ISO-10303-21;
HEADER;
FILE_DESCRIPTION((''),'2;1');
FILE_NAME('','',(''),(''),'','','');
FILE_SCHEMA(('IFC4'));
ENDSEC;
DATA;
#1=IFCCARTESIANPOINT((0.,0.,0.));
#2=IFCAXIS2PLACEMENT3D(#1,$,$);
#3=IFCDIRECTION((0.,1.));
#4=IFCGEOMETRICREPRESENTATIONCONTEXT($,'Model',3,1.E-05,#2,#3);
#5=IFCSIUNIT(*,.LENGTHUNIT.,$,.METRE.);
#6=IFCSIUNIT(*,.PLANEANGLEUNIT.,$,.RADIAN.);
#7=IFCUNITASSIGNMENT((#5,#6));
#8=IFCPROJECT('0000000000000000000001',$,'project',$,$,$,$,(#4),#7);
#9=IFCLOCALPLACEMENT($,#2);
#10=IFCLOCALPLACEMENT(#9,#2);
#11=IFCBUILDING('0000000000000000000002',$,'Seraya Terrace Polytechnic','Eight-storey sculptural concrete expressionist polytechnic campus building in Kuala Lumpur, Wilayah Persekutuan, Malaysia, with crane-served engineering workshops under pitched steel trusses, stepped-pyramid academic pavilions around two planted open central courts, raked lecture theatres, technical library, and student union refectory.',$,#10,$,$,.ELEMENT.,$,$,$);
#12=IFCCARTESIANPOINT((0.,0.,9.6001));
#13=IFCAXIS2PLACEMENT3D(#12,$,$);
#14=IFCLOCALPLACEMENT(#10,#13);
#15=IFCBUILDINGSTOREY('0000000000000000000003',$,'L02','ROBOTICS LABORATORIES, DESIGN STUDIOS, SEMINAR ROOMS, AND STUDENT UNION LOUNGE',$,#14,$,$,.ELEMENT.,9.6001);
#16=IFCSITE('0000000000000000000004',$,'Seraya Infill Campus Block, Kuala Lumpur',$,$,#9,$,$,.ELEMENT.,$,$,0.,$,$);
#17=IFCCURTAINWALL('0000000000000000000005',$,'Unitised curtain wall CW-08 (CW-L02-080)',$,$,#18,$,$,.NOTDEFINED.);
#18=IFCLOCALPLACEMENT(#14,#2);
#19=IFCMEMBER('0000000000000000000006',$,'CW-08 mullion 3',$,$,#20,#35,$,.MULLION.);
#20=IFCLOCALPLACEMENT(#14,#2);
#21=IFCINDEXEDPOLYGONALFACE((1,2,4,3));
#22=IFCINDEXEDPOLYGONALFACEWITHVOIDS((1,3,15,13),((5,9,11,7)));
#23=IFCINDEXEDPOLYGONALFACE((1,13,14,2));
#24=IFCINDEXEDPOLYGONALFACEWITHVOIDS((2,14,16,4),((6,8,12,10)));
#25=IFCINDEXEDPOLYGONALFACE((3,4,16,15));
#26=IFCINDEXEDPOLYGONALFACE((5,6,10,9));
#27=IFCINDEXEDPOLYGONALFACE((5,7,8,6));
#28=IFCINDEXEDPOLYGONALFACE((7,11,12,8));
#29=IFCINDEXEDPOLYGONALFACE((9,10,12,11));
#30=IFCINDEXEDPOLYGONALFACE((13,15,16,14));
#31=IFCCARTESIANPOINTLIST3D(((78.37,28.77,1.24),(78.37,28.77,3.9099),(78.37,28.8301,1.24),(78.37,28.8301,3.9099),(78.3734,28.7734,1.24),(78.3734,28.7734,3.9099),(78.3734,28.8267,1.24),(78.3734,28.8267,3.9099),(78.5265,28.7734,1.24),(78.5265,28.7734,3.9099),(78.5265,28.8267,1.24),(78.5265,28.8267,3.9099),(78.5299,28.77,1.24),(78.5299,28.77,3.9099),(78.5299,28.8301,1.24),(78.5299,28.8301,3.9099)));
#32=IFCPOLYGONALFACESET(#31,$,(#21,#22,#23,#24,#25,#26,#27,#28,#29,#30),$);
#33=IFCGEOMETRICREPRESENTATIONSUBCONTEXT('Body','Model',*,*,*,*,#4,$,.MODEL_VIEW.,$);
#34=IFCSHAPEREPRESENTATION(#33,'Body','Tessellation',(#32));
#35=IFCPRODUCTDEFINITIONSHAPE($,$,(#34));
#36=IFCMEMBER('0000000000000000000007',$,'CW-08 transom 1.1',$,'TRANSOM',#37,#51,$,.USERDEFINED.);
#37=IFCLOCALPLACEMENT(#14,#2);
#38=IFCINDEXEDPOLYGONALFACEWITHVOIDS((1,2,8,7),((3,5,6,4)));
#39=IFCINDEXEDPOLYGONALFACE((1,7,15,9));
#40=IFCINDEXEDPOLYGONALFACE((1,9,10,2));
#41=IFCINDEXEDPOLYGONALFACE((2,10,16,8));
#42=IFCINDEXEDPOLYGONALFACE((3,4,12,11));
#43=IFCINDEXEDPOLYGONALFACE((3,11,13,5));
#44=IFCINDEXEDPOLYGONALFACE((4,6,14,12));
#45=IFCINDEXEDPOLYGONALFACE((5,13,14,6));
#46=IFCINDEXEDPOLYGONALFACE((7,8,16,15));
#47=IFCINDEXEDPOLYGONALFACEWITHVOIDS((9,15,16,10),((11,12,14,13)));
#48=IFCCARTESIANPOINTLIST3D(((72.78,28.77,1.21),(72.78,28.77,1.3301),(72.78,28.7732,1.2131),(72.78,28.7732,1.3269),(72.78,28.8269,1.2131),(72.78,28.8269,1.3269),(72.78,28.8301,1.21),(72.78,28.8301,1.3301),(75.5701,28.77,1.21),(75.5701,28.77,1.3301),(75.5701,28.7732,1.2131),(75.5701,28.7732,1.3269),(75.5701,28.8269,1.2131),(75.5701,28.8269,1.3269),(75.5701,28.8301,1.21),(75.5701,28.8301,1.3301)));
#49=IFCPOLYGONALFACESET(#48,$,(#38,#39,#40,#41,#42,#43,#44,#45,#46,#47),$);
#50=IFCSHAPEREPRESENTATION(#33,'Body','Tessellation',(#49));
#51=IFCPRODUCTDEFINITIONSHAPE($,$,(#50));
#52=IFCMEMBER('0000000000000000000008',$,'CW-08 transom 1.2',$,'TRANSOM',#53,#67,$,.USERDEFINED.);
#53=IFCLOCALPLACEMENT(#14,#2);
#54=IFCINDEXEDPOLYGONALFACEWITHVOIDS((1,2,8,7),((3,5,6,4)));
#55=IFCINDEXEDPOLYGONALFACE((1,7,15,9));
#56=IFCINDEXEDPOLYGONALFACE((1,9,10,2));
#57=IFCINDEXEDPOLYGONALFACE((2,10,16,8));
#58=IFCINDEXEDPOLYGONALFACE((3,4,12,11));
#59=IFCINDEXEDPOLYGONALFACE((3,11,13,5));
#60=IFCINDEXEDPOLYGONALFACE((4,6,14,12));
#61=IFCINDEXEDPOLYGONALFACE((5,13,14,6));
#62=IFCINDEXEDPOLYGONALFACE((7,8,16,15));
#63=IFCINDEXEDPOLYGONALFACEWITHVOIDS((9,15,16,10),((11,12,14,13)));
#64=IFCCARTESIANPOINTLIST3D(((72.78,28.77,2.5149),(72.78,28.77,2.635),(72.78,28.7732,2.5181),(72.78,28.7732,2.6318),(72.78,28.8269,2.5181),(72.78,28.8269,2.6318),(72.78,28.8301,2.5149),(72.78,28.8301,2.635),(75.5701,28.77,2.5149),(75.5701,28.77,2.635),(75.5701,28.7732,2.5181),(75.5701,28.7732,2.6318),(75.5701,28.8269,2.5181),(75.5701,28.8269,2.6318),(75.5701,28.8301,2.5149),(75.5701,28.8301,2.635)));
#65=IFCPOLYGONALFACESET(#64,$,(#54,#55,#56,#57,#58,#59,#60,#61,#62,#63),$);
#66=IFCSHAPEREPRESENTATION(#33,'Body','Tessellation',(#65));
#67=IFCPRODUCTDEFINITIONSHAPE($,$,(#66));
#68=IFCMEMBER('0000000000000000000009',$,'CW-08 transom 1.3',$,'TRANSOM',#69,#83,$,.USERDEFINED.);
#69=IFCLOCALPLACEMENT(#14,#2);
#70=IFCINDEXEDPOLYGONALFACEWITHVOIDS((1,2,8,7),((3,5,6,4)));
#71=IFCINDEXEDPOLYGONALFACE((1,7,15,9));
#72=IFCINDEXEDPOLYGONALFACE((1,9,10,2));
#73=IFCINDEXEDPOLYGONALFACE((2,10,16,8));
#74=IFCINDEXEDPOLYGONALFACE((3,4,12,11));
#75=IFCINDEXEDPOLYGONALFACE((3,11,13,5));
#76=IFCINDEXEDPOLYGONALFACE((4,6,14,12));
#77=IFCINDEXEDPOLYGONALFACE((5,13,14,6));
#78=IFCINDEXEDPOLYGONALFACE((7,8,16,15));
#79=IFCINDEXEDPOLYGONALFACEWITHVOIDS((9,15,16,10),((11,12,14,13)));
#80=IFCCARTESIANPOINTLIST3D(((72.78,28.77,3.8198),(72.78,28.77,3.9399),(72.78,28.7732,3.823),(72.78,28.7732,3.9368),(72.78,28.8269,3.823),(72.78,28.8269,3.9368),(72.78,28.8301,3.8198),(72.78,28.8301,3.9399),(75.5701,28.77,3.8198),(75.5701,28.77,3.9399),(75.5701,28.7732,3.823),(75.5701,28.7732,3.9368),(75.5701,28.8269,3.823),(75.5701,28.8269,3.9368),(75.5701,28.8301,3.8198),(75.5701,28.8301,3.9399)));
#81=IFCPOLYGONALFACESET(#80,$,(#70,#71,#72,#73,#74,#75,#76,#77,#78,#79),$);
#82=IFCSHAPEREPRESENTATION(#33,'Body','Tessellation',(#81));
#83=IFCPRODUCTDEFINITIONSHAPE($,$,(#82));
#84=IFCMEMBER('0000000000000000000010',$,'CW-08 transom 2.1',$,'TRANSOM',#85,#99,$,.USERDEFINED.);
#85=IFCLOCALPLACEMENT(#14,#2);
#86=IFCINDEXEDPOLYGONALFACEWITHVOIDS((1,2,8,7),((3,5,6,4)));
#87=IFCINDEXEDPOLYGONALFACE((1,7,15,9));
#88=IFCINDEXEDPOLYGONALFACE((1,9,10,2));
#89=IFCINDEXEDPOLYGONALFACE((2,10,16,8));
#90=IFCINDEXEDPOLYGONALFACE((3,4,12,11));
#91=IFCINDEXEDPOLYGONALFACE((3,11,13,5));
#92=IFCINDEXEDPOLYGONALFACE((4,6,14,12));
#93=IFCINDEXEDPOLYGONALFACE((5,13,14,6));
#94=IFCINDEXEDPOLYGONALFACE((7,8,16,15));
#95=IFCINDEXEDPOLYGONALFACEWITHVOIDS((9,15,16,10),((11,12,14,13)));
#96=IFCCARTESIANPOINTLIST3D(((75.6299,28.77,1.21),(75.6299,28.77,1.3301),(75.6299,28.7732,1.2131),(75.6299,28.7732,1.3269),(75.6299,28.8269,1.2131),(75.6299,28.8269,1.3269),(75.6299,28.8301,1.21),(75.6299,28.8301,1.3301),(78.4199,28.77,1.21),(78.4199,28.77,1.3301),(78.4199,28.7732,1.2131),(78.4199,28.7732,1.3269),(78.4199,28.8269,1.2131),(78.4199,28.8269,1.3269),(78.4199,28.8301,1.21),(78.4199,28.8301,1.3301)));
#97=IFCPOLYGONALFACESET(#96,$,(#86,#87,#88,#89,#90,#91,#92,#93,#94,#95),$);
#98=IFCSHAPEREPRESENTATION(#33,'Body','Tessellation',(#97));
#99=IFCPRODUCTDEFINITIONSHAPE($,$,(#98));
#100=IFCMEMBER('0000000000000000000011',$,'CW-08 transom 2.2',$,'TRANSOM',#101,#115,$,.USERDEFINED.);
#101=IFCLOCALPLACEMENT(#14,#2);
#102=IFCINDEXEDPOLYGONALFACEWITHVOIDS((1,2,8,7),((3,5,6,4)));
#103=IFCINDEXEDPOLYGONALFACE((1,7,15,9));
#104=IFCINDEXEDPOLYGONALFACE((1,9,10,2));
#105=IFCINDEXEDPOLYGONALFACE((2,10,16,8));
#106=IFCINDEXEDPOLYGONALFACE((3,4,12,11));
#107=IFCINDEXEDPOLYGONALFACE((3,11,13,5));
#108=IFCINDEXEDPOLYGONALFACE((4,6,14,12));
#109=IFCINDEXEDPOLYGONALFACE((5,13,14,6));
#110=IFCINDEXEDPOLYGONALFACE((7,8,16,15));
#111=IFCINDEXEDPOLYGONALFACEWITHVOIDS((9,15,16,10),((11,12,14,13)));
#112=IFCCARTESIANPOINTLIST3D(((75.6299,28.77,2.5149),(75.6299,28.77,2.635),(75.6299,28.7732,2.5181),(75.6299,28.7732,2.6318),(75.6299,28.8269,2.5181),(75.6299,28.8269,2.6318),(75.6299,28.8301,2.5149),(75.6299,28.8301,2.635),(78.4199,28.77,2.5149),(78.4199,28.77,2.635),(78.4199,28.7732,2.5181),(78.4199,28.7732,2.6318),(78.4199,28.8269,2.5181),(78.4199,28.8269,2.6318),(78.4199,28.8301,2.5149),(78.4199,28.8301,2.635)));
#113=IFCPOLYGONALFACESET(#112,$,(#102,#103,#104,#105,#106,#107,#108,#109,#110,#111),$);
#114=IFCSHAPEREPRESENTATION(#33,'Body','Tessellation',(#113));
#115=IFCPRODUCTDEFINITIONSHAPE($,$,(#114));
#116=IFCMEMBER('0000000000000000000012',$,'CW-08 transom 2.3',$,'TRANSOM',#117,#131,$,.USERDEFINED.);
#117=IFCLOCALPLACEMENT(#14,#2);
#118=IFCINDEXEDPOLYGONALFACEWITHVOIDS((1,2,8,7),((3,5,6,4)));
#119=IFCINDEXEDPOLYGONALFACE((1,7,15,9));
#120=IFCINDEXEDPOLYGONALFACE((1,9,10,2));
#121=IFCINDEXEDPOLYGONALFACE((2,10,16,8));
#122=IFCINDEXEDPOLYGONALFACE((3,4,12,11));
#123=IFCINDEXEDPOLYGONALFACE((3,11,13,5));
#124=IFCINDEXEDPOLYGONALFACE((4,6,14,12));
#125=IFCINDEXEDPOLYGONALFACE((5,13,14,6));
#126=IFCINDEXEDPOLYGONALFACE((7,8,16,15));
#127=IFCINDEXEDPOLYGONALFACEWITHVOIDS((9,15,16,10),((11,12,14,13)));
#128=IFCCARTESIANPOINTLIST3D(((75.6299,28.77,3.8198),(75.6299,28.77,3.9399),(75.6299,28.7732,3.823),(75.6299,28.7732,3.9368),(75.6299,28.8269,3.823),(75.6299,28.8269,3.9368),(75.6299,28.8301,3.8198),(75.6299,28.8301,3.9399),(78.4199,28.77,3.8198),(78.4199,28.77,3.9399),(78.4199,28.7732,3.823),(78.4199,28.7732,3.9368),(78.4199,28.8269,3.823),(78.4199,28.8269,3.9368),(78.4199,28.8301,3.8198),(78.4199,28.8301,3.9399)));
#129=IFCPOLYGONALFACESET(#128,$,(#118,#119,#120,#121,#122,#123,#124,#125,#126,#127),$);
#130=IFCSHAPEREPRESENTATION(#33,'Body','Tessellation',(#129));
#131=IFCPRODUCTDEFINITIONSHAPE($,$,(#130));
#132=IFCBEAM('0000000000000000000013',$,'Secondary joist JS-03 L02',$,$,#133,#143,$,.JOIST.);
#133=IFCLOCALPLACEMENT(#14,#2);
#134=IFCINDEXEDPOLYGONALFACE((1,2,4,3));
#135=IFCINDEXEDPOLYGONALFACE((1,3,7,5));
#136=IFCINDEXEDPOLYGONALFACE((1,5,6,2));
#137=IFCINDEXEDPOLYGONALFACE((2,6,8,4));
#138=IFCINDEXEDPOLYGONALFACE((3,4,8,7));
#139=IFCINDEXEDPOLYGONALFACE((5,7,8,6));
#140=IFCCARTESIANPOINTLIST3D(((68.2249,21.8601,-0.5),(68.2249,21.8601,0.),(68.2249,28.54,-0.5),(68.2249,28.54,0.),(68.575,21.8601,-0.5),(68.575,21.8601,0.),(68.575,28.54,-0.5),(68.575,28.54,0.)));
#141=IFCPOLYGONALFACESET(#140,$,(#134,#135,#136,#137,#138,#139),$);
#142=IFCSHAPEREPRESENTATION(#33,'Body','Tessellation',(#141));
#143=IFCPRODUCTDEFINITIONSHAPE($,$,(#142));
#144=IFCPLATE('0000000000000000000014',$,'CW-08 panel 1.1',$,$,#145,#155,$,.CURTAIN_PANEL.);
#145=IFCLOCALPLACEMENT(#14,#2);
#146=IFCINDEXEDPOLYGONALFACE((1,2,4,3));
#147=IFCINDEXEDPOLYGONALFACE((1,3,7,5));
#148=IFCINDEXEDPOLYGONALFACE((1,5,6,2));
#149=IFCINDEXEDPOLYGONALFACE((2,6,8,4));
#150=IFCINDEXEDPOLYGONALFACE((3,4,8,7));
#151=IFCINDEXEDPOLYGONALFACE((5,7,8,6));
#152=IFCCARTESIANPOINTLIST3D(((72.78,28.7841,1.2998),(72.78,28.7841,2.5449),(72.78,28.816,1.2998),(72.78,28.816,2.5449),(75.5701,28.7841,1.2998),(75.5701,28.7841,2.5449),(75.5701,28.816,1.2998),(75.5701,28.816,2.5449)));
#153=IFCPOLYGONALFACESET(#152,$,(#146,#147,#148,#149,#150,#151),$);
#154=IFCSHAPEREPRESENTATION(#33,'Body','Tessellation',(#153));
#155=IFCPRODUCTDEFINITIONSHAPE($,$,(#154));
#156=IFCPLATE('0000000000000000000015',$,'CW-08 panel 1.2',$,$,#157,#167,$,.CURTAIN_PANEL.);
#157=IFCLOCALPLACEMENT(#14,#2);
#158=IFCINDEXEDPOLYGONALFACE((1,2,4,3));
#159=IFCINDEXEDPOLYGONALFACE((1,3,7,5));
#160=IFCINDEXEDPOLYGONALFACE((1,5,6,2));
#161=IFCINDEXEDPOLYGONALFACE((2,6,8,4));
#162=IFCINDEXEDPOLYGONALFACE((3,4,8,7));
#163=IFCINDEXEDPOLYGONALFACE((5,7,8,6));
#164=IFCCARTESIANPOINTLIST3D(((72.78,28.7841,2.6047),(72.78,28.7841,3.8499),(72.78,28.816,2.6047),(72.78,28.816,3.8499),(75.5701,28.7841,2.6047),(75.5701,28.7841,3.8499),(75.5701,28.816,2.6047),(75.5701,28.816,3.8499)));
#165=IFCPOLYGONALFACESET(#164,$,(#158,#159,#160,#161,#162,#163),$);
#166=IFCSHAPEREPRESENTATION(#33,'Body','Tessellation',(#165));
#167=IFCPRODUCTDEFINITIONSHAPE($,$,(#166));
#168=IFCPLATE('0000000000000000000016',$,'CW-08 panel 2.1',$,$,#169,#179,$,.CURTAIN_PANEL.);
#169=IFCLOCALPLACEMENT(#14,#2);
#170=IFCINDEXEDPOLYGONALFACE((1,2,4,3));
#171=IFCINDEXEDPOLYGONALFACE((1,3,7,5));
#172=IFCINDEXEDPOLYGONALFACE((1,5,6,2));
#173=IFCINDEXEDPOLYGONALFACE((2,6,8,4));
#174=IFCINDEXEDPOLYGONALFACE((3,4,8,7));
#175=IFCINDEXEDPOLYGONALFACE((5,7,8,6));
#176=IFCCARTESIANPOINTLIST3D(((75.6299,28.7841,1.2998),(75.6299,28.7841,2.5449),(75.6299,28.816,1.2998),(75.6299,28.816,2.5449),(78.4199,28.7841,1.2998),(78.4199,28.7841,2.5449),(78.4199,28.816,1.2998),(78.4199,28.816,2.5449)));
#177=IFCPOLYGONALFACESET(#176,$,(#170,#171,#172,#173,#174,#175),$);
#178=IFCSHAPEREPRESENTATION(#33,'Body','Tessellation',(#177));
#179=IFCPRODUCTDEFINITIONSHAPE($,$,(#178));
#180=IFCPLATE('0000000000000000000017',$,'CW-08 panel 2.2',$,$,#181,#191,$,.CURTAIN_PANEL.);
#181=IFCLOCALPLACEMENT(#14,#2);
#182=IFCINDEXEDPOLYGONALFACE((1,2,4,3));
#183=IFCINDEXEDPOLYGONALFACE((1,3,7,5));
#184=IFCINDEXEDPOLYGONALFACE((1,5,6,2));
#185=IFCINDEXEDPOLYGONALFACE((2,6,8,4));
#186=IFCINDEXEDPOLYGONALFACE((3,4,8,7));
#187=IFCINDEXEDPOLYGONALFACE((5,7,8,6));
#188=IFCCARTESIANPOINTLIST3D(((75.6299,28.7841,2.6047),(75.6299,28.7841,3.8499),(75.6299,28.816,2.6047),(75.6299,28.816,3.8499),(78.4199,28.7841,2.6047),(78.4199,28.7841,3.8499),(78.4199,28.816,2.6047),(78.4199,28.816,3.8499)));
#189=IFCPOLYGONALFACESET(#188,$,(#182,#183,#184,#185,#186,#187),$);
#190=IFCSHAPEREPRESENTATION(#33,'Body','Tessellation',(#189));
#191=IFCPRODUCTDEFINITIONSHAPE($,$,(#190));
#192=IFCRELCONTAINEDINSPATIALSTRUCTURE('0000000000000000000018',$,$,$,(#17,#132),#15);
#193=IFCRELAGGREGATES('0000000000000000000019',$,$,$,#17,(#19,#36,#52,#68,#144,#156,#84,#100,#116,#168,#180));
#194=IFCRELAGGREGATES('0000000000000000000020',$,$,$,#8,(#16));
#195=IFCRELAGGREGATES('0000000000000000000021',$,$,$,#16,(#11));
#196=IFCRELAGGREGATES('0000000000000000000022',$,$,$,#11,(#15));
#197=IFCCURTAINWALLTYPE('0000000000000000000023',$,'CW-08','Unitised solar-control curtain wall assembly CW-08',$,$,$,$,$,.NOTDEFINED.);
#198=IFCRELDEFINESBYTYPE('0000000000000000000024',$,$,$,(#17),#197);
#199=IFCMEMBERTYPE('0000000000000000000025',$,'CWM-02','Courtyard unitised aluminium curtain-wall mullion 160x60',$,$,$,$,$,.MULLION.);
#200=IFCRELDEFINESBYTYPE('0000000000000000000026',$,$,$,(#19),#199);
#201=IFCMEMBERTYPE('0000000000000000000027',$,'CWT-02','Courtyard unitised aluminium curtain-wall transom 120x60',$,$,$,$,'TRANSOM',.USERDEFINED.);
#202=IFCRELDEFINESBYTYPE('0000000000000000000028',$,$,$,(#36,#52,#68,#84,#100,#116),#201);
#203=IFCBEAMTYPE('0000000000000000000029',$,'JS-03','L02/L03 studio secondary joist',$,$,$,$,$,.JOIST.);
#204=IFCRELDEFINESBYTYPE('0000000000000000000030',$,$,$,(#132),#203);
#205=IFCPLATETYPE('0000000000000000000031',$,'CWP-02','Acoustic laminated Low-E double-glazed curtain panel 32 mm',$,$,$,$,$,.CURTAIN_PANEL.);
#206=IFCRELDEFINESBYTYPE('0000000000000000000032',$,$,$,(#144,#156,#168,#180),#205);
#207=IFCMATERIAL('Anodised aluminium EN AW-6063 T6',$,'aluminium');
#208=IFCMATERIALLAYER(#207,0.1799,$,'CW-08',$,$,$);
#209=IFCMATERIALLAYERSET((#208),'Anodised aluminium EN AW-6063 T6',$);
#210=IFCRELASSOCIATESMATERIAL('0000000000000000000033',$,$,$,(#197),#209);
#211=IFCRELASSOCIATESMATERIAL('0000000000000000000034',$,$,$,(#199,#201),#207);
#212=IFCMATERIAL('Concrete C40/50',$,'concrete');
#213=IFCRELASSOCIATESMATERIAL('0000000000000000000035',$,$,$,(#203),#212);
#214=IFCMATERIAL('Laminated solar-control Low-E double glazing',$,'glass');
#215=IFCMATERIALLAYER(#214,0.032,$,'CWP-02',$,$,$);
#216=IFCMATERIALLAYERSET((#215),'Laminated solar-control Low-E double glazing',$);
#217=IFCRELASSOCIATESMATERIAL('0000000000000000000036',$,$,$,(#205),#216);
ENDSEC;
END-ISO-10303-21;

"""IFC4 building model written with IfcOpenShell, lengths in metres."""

from ifc_helpers import new_model, si_unit, direction, frame, origin, origin_2d, place, context, subcontext, project, spatial, rectangle, hollow_rectangle, extrude, material, layer, layer_set, material_profile, profile_set, type_object, element, aggregate, save


model = new_model("IFC4")

# Units and contexts
model_context = context("Model", 3, precision=1e-05, world=origin(), true_north=direction((0.0, 1.0)))
body_context = subcontext(model_context, "Body", "Model", "MODEL_VIEW")
ifc_project = project(units=[si_unit("LENGTHUNIT", "METRE"), si_unit("PLANEANGLEUNIT", "RADIAN")], contexts=[model_context])

# Site, building, storey
site_placement = place(None, origin())
site = spatial("IfcSite", under=ifc_project, at=site_placement, Name="Seraya Infill Campus Block, Kuala Lumpur", CompositionType="ELEMENT", RefElevation=0.0)
building_placement = place(site_placement, origin())
building = spatial("IfcBuilding", under=site, at=building_placement, Name="Seraya Terrace Polytechnic", Description="Eight-storey sculptural concrete expressionist polytechnic campus building in Kuala Lumpur, Wilayah Persekutuan, Malaysia, with crane-served engineering workshops under pitched steel trusses, stepped-pyramid academic pavilions around two planted open central courts, raked lecture theatres, technical library, and student union refectory.", CompositionType="ELEMENT")
storey_placement = place(building_placement, frame((0.0, 0.0, 9.6001)))
storey = spatial("IfcBuildingStorey", under=building, at=storey_placement, Name="L02", Description="ROBOTICS LABORATORIES, DESIGN STUDIOS, SEMINAR ROOMS, AND STUDENT UNION LOUNGE", CompositionType="ELEMENT", Elevation=9.6001)

# Shared definitions
ifc_material_1 = material(Name="Concrete C40/50", Category="concrete")

# Curtain wall, members
ifc_material_2 = material(Name="Anodised aluminium EN AW-6063 T6", Category="aluminium")
ifc_layer_1 = layer(ifc_material_2, 0.1799, Name="CW-08")
ifc_layer_set_1 = layer_set([ifc_layer_1], Name="Anodised aluminium EN AW-6063 T6")
curtain_wall_type = type_object("IfcCurtainWallType", Name="CW-08", Description="Unitised solar-control curtain wall assembly CW-08", PredefinedType="NOTDEFINED", material=ifc_layer_set_1)
curtain_wall_placement = place(storey_placement, origin())
curtain_wall = element("IfcCurtainWall", 1, at=curtain_wall_placement, inside=storey, type_object=curtain_wall_type, Name="Unitised curtain wall CW-08 (CW-L02-080)", PredefinedType="NOTDEFINED")
ifc_material_profile_1 = material_profile(ifc_material_2, hollow_rectangle(XDim=0.0601, YDim=0.1599, WallThickness=0.0034, at=origin_2d()), Name="RHS 160x60x3.5")
ifc_profile_set_1 = profile_set([ifc_material_profile_1], Name="Anodised aluminium EN AW-6063 T6")
member_type_1 = type_object("IfcMemberType", Name="CWM-02", Description="Courtyard unitised aluminium curtain-wall mullion 160x60", PredefinedType="MULLION", material=ifc_profile_set_1)
member_1_placement = place(storey_placement, frame((78.45, 28.8, 1.24), z_axis=(0.0, 0.0, 1.0), x_axis=(0.0, 1.0, 0.0)))
member_1 = element("IfcMember", 2, at=member_1_placement, type_object=member_type_1, Name="CW-08 mullion 3", PredefinedType="MULLION", context=body_context, shape_type="SweptSolid", body=[
    extrude(hollow_rectangle(XDim=0.0601, YDim=0.1599, WallThickness=0.0034, at=origin_2d()), origin(), (0.0, 0.0, 1.0), 2.6699),
])
ifc_material_profile_2 = material_profile(ifc_material_2, hollow_rectangle(XDim=0.0601, YDim=0.1201, WallThickness=0.0032, at=origin_2d()), Name="RHS 120x60x3.2")
ifc_profile_set_2 = profile_set([ifc_material_profile_2], Name="Anodised aluminium EN AW-6063 T6")
member_type_2 = type_object("IfcMemberType", Name="CWT-02", Description="Courtyard unitised aluminium curtain-wall transom 120x60", ElementType="TRANSOM", PredefinedType="USERDEFINED", material=ifc_profile_set_2)
member_2_placement = place(storey_placement, frame((72.78, 28.8, 1.27), z_axis=(1.0, 0.0, 0.0), x_axis=(0.0, 1.0, 0.0)))
member_2 = element("IfcMember", 3, at=member_2_placement, type_object=member_type_2, Name="CW-08 transom 1.1", ObjectType="TRANSOM", PredefinedType="USERDEFINED", context=body_context, shape_type="SweptSolid", body=[
    extrude(hollow_rectangle(XDim=0.0601, YDim=0.1201, WallThickness=0.0032, at=origin_2d()), origin(), (0.0, 0.0, 1.0), 2.79),
])
member_3_placement = place(storey_placement, frame((72.78, 28.8, 2.575), z_axis=(1.0, 0.0, 0.0), x_axis=(0.0, 1.0, 0.0)))
member_3 = element("IfcMember", 4, at=member_3_placement, type_object=member_type_2, Name="CW-08 transom 1.2", ObjectType="TRANSOM", PredefinedType="USERDEFINED", context=body_context, shape_type="SweptSolid", body=[
    extrude(hollow_rectangle(XDim=0.0601, YDim=0.1201, WallThickness=0.0032, at=origin_2d()), origin(), (0.0, 0.0, 1.0), 2.79),
])
member_4_placement = place(storey_placement, frame((72.78, 28.8, 3.8799), z_axis=(1.0, 0.0, 0.0), x_axis=(0.0, 1.0, 0.0)))
member_4 = element("IfcMember", 5, at=member_4_placement, type_object=member_type_2, Name="CW-08 transom 1.3", ObjectType="TRANSOM", PredefinedType="USERDEFINED", context=body_context, shape_type="SweptSolid", body=[
    extrude(hollow_rectangle(XDim=0.0601, YDim=0.1201, WallThickness=0.0032, at=origin_2d()), origin(), (0.0, 0.0, 1.0), 2.79),
])
member_5_placement = place(storey_placement, frame((75.6299, 28.8, 1.27), z_axis=(1.0, 0.0, 0.0), x_axis=(0.0, 1.0, 0.0)))
member_5 = element("IfcMember", 6, at=member_5_placement, type_object=member_type_2, Name="CW-08 transom 2.1", ObjectType="TRANSOM", PredefinedType="USERDEFINED", context=body_context, shape_type="SweptSolid", body=[
    extrude(hollow_rectangle(XDim=0.0601, YDim=0.1201, WallThickness=0.0032, at=origin_2d()), origin(), (0.0, 0.0, 1.0), 2.79),
])
member_6_placement = place(storey_placement, frame((75.6299, 28.8, 2.575), z_axis=(1.0, 0.0, 0.0), x_axis=(0.0, 1.0, 0.0)))
member_6 = element("IfcMember", 7, at=member_6_placement, type_object=member_type_2, Name="CW-08 transom 2.2", ObjectType="TRANSOM", PredefinedType="USERDEFINED", context=body_context, shape_type="SweptSolid", body=[
    extrude(hollow_rectangle(XDim=0.0601, YDim=0.1201, WallThickness=0.0032, at=origin_2d()), origin(), (0.0, 0.0, 1.0), 2.79),
])
member_7_placement = place(storey_placement, frame((75.6299, 28.8, 3.8799), z_axis=(1.0, 0.0, 0.0), x_axis=(0.0, 1.0, 0.0)))
member_7 = element("IfcMember", 8, at=member_7_placement, type_object=member_type_2, Name="CW-08 transom 2.3", ObjectType="TRANSOM", PredefinedType="USERDEFINED", context=body_context, shape_type="SweptSolid", body=[
    extrude(hollow_rectangle(XDim=0.0601, YDim=0.1201, WallThickness=0.0032, at=origin_2d()), origin(), (0.0, 0.0, 1.0), 2.79),
])

# Beam
ifc_material_profile_3 = material_profile(ifc_material_1, rectangle(XDim=0.3501, YDim=0.5, at=origin_2d()), Name="RC 350x500")
ifc_profile_set_3 = profile_set([ifc_material_profile_3], Name="Concrete C40/50")
beam_type_1 = type_object("IfcBeamType", Name="JS-03", Description="L02/L03 studio secondary joist", PredefinedType="JOIST", material=ifc_profile_set_3)
beam_1_placement = place(storey_placement, frame((68.3999, 21.8601, -0.25), z_axis=(0.0, 1.0, 0.0), x_axis=(-1.0, 0.0, 0.0)))
element("IfcBeam", 9, at=beam_1_placement, inside=storey, type_object=beam_type_1, Name="Secondary joist JS-03 L02", PredefinedType="JOIST", context=body_context, shape_type="SweptSolid", body=[
    extrude(rectangle(XDim=0.3501, YDim=0.5, at=origin_2d()), origin(), (0.0, 0.0, 1.0), 6.6799),
])

# Plates
ifc_material_3 = material(Name="Laminated solar-control Low-E double glazing", Category="glass")
ifc_layer_2 = layer(ifc_material_3, 0.032, Name="CWP-02")
ifc_layer_set_2 = layer_set([ifc_layer_2], Name="Laminated solar-control Low-E double glazing")
plate_type = type_object("IfcPlateType", Name="CWP-02", Description="Acoustic laminated Low-E double-glazed curtain panel 32 mm", PredefinedType="CURTAIN_PANEL", material=ifc_layer_set_2)
plate_1_placement = place(storey_placement, frame((74.175, 28.8, 1.2998), z_axis=(0.0, 0.0, 1.0), x_axis=(1.0, 0.0, 0.0)))
plate_1 = element("IfcPlate", 10, at=plate_1_placement, type_object=plate_type, Name="CW-08 panel 1.1", PredefinedType="CURTAIN_PANEL", context=body_context, shape_type="SweptSolid", body=[
    extrude(rectangle(XDim=2.79, YDim=0.032, at=origin_2d()), origin(), (0.0, 0.0, 1.0), 1.2451),
])
plate_2_placement = place(storey_placement, frame((74.175, 28.8, 2.6047), z_axis=(0.0, 0.0, 1.0), x_axis=(1.0, 0.0, 0.0)))
plate_2 = element("IfcPlate", 11, at=plate_2_placement, type_object=plate_type, Name="CW-08 panel 1.2", PredefinedType="CURTAIN_PANEL", context=body_context, shape_type="SweptSolid", body=[
    extrude(rectangle(XDim=2.79, YDim=0.032, at=origin_2d()), origin(), (0.0, 0.0, 1.0), 1.2451),
])
plate_3_placement = place(storey_placement, frame((77.0249, 28.8, 1.2998), z_axis=(0.0, 0.0, 1.0), x_axis=(1.0, 0.0, 0.0)))
plate_3 = element("IfcPlate", 12, at=plate_3_placement, type_object=plate_type, Name="CW-08 panel 2.1", PredefinedType="CURTAIN_PANEL", context=body_context, shape_type="SweptSolid", body=[
    extrude(rectangle(XDim=2.79, YDim=0.032, at=origin_2d()), origin(), (0.0, 0.0, 1.0), 1.2451),
])
plate_4_placement = place(storey_placement, frame((77.0249, 28.8, 2.6047), z_axis=(0.0, 0.0, 1.0), x_axis=(1.0, 0.0, 0.0)))
plate_4 = element("IfcPlate", 13, at=plate_4_placement, type_object=plate_type, Name="CW-08 panel 2.2", PredefinedType="CURTAIN_PANEL", context=body_context, shape_type="SweptSolid", body=[
    extrude(rectangle(XDim=2.79, YDim=0.032, at=origin_2d()), origin(), (0.0, 0.0, 1.0), 1.2451),
])
aggregate(curtain_wall, [member_1, member_2, member_3, member_4, plate_1, plate_2, member_5, member_6, member_7, plate_3, plate_4])

save(model, "model.ifc")
